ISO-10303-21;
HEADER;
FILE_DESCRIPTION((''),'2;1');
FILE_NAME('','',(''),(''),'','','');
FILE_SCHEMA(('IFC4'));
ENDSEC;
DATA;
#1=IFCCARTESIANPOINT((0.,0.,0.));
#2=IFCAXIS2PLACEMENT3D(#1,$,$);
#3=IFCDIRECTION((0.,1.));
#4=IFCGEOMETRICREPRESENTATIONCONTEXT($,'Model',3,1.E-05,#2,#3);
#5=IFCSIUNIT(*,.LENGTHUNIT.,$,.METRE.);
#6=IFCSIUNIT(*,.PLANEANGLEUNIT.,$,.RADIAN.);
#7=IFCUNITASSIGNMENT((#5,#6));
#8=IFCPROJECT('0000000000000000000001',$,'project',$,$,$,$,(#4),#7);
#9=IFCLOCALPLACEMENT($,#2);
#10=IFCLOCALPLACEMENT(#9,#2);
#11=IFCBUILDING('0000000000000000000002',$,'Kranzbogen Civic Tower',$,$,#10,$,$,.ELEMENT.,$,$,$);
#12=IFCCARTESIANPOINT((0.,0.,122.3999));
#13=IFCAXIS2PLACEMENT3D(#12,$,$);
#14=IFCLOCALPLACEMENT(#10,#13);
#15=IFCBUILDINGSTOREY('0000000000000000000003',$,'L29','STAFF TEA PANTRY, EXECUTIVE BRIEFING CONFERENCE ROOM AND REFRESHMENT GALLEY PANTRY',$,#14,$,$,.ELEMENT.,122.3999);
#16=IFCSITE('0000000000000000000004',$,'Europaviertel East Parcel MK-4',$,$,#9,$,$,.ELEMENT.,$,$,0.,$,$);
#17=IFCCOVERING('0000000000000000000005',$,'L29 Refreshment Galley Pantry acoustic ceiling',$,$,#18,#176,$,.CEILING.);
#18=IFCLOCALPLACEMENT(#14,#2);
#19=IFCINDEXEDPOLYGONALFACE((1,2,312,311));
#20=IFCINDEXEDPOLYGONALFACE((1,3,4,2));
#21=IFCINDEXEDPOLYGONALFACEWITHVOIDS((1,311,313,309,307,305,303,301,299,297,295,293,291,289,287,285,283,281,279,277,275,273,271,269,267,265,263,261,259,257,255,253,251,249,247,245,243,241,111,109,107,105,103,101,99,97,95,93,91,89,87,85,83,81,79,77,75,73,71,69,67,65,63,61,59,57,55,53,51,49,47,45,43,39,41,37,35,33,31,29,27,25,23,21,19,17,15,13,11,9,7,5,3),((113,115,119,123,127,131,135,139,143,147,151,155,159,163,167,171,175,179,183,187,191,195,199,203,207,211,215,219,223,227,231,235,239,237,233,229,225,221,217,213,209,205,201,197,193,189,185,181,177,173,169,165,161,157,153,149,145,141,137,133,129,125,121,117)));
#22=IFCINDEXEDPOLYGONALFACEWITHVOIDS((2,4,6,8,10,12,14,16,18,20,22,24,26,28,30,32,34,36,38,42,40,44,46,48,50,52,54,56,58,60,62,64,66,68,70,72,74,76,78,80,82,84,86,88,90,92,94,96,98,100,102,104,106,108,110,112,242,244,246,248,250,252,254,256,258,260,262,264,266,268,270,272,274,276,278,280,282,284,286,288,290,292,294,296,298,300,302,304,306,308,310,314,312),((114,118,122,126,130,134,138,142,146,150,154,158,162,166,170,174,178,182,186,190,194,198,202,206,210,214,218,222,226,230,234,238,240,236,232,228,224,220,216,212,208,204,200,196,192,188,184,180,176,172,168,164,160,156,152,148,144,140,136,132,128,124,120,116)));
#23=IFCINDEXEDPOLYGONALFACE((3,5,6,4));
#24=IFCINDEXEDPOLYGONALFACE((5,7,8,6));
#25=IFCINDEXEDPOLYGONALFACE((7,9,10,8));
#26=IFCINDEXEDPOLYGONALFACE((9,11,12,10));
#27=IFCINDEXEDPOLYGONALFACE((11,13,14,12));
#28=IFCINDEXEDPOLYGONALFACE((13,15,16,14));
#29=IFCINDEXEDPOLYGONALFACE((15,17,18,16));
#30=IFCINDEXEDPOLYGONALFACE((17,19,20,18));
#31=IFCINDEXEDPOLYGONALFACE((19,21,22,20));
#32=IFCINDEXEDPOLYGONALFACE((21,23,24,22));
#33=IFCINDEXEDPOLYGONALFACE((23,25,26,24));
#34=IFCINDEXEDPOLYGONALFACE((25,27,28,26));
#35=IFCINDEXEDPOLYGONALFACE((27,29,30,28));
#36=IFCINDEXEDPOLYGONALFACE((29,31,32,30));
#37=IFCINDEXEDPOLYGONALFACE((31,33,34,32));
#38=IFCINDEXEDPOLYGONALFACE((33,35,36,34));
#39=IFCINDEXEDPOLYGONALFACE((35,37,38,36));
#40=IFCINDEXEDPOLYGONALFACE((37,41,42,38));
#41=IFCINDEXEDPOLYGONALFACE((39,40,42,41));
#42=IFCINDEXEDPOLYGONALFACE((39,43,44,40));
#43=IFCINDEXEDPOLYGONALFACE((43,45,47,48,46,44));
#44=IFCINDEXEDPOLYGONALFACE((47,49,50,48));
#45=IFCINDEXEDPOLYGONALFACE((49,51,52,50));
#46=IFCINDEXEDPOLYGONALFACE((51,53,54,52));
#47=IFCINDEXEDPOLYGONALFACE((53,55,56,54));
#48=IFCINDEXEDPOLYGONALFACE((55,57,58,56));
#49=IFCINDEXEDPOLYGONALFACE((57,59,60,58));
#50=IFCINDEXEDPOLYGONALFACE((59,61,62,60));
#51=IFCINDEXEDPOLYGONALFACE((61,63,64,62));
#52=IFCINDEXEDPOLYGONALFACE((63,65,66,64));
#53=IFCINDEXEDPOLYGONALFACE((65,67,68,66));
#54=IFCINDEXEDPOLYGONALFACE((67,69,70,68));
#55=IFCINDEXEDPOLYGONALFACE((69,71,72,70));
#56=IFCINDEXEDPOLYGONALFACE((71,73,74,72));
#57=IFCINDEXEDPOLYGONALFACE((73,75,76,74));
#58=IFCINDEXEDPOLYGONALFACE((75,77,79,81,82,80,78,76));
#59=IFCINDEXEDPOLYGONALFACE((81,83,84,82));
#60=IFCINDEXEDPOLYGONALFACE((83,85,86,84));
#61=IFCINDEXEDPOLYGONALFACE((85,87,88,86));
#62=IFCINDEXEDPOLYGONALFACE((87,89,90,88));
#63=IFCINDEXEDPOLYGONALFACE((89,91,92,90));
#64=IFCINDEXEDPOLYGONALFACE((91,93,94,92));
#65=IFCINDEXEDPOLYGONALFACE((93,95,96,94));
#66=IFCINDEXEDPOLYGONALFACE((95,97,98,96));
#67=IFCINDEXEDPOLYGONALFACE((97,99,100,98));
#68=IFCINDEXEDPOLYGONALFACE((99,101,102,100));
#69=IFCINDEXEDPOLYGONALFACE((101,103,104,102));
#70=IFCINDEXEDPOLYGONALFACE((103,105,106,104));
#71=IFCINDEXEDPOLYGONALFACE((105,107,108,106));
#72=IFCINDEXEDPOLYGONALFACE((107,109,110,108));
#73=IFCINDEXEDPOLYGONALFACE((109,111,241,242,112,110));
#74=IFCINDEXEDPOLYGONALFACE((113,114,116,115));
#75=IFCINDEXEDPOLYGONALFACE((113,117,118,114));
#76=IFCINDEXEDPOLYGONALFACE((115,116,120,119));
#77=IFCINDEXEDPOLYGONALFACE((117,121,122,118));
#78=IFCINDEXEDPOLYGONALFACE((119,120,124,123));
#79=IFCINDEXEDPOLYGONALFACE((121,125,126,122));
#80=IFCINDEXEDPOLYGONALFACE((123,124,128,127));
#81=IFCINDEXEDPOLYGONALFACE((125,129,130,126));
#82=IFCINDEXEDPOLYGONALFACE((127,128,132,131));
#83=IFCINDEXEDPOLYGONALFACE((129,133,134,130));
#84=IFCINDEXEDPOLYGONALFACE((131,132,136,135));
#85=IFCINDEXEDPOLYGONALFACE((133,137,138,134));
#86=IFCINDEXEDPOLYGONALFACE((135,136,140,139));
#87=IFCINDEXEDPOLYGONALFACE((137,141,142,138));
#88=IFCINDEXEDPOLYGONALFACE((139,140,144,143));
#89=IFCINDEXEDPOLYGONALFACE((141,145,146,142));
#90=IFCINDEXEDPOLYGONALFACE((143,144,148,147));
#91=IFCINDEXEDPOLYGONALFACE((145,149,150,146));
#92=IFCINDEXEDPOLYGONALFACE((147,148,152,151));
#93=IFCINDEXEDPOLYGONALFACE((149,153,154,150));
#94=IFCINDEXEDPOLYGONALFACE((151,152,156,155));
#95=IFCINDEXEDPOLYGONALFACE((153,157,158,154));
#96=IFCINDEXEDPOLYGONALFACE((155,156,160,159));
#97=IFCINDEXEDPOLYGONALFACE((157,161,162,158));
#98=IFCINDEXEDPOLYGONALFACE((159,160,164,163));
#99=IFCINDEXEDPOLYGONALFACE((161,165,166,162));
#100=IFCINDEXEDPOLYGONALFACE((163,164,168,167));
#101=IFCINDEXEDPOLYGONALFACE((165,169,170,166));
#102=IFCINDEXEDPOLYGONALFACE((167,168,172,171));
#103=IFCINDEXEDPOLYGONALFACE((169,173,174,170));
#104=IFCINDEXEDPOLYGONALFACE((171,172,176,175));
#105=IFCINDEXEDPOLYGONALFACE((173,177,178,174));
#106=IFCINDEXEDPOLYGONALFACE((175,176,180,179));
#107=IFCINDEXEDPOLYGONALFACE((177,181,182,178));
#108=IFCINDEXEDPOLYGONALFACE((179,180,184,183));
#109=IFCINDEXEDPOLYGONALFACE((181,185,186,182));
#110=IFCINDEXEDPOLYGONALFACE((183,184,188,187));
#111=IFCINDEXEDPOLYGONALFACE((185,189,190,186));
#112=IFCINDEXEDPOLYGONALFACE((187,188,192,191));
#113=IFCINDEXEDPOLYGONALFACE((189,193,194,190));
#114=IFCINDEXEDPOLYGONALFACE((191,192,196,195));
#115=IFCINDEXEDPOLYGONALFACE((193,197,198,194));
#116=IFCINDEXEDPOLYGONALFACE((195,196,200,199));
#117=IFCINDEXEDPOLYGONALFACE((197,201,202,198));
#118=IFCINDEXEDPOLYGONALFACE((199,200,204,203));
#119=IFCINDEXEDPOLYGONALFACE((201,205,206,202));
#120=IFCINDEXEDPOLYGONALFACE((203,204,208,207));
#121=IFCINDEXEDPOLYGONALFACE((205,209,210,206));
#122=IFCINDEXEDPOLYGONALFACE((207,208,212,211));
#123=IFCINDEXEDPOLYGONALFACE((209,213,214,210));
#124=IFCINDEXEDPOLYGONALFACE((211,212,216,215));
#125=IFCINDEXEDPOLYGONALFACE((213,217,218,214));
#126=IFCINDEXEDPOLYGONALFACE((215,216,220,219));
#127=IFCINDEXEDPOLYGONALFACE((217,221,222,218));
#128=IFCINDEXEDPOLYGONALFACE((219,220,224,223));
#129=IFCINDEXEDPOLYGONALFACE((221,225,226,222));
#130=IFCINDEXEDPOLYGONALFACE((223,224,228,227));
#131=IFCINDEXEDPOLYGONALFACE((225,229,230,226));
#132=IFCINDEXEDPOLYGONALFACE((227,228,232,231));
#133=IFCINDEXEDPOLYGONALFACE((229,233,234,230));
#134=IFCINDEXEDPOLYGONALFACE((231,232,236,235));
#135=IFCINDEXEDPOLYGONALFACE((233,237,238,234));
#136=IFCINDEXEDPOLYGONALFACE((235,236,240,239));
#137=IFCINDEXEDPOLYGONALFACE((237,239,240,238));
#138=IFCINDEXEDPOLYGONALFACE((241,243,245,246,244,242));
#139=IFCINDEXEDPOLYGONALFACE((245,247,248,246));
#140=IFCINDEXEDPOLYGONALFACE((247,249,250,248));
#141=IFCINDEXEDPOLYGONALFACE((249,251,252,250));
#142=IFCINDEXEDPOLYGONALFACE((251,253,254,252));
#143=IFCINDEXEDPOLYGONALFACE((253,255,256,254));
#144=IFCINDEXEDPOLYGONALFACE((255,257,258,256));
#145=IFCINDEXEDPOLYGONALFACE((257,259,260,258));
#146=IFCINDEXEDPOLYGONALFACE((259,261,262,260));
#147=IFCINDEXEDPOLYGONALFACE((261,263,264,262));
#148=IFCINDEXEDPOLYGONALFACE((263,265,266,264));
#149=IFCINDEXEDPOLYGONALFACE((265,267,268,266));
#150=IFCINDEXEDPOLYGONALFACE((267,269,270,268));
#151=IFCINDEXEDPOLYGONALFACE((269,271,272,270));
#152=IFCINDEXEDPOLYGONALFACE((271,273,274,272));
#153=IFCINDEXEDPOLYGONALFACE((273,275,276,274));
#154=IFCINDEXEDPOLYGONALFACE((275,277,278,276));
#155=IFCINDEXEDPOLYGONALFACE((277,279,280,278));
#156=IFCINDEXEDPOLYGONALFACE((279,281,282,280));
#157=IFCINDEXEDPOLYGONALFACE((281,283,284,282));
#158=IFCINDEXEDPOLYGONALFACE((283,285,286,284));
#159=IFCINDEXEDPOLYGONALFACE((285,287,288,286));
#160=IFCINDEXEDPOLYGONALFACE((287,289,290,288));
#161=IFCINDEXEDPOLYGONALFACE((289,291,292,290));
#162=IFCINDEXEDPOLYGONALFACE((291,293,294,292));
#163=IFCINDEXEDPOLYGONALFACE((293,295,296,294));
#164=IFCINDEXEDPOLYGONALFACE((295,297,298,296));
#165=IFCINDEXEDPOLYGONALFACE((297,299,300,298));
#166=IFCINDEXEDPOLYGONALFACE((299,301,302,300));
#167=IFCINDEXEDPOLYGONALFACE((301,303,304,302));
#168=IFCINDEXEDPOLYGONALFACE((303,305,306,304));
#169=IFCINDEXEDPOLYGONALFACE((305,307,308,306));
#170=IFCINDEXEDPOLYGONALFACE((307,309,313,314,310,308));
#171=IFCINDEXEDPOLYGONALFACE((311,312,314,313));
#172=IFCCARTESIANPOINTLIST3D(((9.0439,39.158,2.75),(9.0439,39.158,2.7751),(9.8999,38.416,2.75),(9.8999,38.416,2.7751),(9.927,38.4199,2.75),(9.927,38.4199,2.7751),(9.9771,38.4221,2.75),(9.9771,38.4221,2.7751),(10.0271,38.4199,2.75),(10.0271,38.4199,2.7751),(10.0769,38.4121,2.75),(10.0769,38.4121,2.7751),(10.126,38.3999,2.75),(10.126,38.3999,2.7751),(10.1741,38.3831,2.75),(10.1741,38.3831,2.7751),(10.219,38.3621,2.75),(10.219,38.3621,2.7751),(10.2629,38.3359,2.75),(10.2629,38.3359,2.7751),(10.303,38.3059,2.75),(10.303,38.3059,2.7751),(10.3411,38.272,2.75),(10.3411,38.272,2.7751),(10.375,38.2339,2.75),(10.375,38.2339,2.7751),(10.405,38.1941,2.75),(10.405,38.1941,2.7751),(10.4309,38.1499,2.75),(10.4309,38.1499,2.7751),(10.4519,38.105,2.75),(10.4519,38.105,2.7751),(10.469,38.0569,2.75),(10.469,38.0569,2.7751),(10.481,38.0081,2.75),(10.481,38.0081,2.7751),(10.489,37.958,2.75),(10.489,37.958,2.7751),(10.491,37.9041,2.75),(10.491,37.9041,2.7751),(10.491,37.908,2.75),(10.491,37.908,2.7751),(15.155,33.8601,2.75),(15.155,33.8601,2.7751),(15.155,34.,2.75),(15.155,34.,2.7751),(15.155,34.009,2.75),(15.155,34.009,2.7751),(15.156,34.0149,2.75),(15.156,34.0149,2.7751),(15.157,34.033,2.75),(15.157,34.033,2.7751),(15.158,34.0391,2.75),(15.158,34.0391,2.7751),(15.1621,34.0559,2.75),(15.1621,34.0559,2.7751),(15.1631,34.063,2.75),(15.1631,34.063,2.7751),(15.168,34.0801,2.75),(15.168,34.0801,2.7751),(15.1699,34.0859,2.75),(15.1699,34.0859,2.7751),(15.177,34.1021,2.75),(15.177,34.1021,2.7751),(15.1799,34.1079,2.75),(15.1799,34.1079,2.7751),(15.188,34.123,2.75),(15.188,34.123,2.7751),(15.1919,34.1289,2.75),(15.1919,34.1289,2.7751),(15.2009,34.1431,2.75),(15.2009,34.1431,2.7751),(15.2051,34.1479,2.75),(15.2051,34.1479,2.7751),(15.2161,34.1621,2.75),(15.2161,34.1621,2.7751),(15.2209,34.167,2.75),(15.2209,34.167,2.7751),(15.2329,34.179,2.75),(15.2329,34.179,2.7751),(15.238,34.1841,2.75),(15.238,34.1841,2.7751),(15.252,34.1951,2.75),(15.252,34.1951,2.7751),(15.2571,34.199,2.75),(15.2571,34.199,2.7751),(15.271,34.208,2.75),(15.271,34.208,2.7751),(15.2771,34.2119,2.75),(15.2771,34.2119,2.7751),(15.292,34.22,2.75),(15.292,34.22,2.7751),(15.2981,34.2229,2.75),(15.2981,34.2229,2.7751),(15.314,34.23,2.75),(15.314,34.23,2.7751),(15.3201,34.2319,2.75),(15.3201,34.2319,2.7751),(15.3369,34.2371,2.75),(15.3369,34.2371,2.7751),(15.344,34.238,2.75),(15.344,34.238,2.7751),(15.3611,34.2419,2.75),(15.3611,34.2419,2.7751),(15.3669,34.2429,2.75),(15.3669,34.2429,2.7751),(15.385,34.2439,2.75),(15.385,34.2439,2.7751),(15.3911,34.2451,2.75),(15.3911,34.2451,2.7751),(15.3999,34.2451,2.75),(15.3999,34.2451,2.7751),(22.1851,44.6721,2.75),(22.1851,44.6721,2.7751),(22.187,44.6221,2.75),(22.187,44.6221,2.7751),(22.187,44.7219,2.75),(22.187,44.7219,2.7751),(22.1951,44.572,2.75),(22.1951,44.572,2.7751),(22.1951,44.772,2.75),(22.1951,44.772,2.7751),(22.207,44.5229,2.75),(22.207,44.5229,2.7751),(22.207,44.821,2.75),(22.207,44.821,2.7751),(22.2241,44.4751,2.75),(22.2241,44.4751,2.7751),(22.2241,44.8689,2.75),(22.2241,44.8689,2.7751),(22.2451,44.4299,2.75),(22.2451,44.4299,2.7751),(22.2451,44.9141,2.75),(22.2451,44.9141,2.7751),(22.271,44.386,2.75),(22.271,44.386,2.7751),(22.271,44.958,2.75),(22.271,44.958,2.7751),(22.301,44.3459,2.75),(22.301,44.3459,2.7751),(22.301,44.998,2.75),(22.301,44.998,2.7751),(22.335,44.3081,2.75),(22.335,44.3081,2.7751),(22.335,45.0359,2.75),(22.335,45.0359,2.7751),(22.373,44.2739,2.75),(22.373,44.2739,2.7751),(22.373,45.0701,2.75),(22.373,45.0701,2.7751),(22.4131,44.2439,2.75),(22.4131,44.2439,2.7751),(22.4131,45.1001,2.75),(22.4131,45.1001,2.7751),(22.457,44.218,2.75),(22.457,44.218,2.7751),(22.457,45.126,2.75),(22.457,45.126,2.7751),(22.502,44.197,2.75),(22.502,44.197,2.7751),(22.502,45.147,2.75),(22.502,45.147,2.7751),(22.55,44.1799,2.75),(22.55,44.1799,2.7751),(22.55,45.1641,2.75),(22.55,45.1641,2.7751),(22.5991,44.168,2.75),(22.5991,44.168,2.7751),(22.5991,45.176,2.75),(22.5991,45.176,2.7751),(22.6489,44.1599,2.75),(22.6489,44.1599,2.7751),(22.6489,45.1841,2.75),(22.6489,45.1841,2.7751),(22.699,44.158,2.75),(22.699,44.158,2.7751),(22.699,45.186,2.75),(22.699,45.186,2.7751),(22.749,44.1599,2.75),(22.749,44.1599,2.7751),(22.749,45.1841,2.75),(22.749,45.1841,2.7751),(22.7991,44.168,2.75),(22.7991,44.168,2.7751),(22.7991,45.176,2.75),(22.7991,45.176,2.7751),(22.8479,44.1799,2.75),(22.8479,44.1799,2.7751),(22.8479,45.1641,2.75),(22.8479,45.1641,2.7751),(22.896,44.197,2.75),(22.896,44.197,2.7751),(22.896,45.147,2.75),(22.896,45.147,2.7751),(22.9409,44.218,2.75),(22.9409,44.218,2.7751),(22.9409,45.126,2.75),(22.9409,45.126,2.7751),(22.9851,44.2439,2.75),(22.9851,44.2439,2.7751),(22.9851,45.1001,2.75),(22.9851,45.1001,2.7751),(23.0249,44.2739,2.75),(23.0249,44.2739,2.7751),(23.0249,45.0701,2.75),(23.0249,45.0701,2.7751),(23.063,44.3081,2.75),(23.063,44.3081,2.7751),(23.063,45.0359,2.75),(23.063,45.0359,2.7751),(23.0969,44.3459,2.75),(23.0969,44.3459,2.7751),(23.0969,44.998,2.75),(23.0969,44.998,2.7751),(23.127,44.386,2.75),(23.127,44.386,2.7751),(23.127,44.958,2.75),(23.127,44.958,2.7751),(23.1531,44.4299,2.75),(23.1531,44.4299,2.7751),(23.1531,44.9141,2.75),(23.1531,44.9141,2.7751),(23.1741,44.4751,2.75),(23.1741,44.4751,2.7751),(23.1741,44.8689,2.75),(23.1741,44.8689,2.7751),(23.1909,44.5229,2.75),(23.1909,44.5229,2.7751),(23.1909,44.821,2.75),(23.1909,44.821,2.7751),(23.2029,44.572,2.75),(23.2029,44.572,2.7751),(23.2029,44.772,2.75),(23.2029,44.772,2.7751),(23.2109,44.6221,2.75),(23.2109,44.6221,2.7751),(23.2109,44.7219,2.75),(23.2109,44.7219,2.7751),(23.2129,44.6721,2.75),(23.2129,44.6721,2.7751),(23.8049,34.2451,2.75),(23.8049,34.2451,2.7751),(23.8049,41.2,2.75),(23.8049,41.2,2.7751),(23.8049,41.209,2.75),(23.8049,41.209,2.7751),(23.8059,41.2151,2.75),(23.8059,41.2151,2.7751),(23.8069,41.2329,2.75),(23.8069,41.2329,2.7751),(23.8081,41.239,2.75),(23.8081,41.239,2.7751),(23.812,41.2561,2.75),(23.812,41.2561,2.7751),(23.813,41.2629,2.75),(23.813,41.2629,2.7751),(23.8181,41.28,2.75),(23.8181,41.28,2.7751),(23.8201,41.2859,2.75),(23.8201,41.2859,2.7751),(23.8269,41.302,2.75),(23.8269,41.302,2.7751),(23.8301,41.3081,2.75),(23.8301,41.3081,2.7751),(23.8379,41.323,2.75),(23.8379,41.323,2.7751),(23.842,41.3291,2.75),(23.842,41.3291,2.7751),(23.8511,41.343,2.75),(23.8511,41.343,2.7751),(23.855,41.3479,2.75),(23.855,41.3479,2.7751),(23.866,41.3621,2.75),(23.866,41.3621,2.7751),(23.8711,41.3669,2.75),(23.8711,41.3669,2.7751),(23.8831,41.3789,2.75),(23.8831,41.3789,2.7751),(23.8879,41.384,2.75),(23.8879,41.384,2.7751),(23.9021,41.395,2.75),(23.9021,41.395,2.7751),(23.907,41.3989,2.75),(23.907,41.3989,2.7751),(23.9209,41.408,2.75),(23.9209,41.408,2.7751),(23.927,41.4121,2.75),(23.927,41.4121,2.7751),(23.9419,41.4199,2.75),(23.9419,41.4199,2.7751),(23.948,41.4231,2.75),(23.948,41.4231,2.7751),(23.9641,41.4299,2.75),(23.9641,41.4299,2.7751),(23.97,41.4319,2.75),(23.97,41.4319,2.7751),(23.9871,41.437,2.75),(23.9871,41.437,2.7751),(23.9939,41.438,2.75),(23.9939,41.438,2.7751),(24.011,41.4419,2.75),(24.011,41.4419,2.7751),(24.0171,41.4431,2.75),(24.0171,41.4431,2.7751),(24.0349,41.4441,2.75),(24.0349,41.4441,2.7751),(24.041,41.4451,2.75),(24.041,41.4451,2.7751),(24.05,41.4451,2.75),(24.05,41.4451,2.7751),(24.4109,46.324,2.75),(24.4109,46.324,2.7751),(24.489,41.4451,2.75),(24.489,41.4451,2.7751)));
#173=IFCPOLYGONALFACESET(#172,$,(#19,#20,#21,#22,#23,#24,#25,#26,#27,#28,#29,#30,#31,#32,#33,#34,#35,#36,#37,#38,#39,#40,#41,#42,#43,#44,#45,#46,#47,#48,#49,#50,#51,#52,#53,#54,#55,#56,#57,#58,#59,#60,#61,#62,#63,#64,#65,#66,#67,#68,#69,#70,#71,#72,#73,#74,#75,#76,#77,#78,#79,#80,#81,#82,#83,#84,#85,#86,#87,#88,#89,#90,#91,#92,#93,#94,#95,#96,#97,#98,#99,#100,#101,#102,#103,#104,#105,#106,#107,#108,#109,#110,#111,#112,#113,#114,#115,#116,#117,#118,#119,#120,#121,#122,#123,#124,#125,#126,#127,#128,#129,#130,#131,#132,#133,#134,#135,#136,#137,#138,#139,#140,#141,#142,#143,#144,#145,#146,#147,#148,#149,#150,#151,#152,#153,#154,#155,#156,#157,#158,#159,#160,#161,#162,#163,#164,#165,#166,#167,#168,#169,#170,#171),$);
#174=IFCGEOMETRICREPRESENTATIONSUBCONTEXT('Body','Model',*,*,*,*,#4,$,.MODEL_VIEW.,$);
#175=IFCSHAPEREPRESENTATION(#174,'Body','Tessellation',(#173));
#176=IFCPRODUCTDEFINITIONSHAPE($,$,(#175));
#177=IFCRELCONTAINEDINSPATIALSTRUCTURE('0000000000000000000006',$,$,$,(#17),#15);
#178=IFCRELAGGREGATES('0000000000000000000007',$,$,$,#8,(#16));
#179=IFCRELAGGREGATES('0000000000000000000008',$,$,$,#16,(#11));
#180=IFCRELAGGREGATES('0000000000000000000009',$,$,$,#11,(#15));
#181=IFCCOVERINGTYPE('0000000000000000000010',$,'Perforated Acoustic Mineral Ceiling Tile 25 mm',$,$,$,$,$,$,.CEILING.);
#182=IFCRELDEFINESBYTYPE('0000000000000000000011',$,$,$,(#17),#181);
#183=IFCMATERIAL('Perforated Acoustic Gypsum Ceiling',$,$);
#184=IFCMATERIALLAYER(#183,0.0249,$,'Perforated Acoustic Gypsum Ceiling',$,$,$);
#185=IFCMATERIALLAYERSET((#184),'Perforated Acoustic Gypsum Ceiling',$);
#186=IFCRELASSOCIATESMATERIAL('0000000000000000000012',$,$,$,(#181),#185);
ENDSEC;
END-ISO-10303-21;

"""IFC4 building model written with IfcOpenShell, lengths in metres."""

from ifc_helpers import new_model, si_unit, direction, frame, origin, place, context, subcontext, project, spatial, polyline, outline, extrude, material, layer, layer_set, type_object, element, save


model = new_model("IFC4")

# Units and contexts
model_context = context("Model", 3, precision=1e-05, world=origin(), true_north=direction((0.0, 1.0)))
body_context = subcontext(model_context, "Body", "Model", "MODEL_VIEW")
ifc_project = project(units=[si_unit("LENGTHUNIT", "METRE"), si_unit("PLANEANGLEUNIT", "RADIAN")], contexts=[model_context])

# Site, building, storey
site_placement = place(None, origin())
site = spatial("IfcSite", under=ifc_project, at=site_placement, Name="Europaviertel East Parcel MK-4", CompositionType="ELEMENT", RefElevation=0.0)
building_placement = place(site_placement, origin())
building = spatial("IfcBuilding", under=site, at=building_placement, Name="Kranzbogen Civic Tower", CompositionType="ELEMENT")
storey_placement = place(building_placement, frame((0.0, 0.0, 122.3999)))
storey = spatial("IfcBuildingStorey", under=building, at=storey_placement, Name="L29", Description="STAFF TEA PANTRY, EXECUTIVE BRIEFING CONFERENCE ROOM AND REFRESHMENT GALLEY PANTRY", CompositionType="ELEMENT", Elevation=122.3999)

# Covering
ifc_material_1 = material(Name="Perforated Acoustic Gypsum Ceiling")
ifc_layer_1 = layer(ifc_material_1, 0.0249, Name="Perforated Acoustic Gypsum Ceiling")
ifc_layer_set_1 = layer_set([ifc_layer_1], Name="Perforated Acoustic Gypsum Ceiling")
covering_type_1 = type_object("IfcCoveringType", Name="Perforated Acoustic Mineral Ceiling Tile 25 mm", PredefinedType="CEILING", material=ifc_layer_set_1)
covering_1_placement = place(storey_placement, frame((0.0, 0.0, 2.75)))
element("IfcCovering", 1, at=covering_1_placement, inside=storey, type_object=covering_type_1, Name="L29 Refreshment Galley Pantry acoustic ceiling", PredefinedType="CEILING", context=body_context, shape_type="SweptSolid", body=[
    extrude(outline(polyline([(24.489, 41.4451), (24.05, 41.4451), (24.041, 41.4451), (24.0349, 41.4441), (24.0171, 41.4431), (24.011, 41.4419), (23.9939, 41.438), (23.9871, 41.437), (23.97, 41.4319), (23.9641, 41.4299), (23.948, 41.4231), (23.9419, 41.4199), (23.927, 41.4121), (23.9209, 41.408), (23.907, 41.3989), (23.9021, 41.395), (23.8879, 41.384), (23.8831, 41.3789), (23.8711, 41.3669), (23.866, 41.3621), (23.855, 41.3479), (23.8511, 41.343), (23.842, 41.3291), (23.8379, 41.323), (23.8301, 41.3081), (23.8269, 41.302), (23.8201, 41.2859), (23.8181, 41.28), (23.813, 41.2629), (23.812, 41.2561), (23.8081, 41.239), (23.8069, 41.2329), (23.8059, 41.2151), (23.8049, 41.209), (23.8049, 41.2), (23.8049, 34.2451), (15.3999, 34.2451), (15.3911, 34.2451), (15.385, 34.2439), (15.3669, 34.2429), (15.3611, 34.2419), (15.344, 34.238), (15.3369, 34.2371), (15.3201, 34.2319), (15.314, 34.23), (15.2981, 34.2229), (15.292, 34.22), (15.2771, 34.2119), (15.271, 34.208), (15.2571, 34.199), (15.252, 34.1951), (15.238, 34.1841), (15.2329, 34.179), (15.2209, 34.167), (15.2161, 34.1621), (15.2051, 34.1479), (15.2009, 34.1431), (15.1919, 34.1289), (15.188, 34.123), (15.1799, 34.1079), (15.177, 34.1021), (15.1699, 34.0859), (15.168, 34.0801), (15.1631, 34.063), (15.1621, 34.0559), (15.158, 34.0391), (15.157, 34.033), (15.156, 34.0149), (15.155, 34.009), (15.155, 34.0), (15.155, 33.8601), (10.491, 37.9041), (10.491, 37.908), (10.489, 37.958), (10.481, 38.0081), (10.469, 38.0569), (10.4519, 38.105), (10.4309, 38.1499), (10.405, 38.1941), (10.375, 38.2339), (10.3411, 38.272), (10.303, 38.3059), (10.2629, 38.3359), (10.219, 38.3621), (10.1741, 38.3831), (10.126, 38.3999), (10.0769, 38.4121), (10.0271, 38.4199), (9.9771, 38.4221), (9.927, 38.4199), (9.8999, 38.416), (9.0439, 39.158), (24.4109, 46.324), (24.489, 41.4451)]), holes=[polyline([(23.1741, 44.4751), (23.1531, 44.4299), (23.127, 44.386), (23.0969, 44.3459), (23.063, 44.3081), (23.0249, 44.2739), (22.9851, 44.2439), (22.9409, 44.218), (22.896, 44.197), (22.8479, 44.1799), (22.7991, 44.168), (22.749, 44.1599), (22.699, 44.158), (22.6489, 44.1599), (22.5991, 44.168), (22.55, 44.1799), (22.502, 44.197), (22.457, 44.218), (22.4131, 44.2439), (22.373, 44.2739), (22.335, 44.3081), (22.301, 44.3459), (22.271, 44.386), (22.2451, 44.4299), (22.2241, 44.4751), (22.207, 44.5229), (22.1951, 44.572), (22.187, 44.6221), (22.1851, 44.6721), (22.187, 44.7219), (22.1951, 44.772), (22.207, 44.821), (22.2241, 44.8689), (22.2451, 44.9141), (22.271, 44.958), (22.301, 44.998), (22.335, 45.0359), (22.373, 45.0701), (22.4131, 45.1001), (22.457, 45.126), (22.502, 45.147), (22.55, 45.1641), (22.5991, 45.176), (22.6489, 45.1841), (22.699, 45.186), (22.749, 45.1841), (22.7991, 45.176), (22.8479, 45.1641), (22.896, 45.147), (22.9409, 45.126), (22.9851, 45.1001), (23.0249, 45.0701), (23.063, 45.0359), (23.0969, 44.998), (23.127, 44.958), (23.1531, 44.9141), (23.1741, 44.8689), (23.1909, 44.821), (23.2029, 44.772), (23.2109, 44.7219), (23.2129, 44.6721), (23.2109, 44.6221), (23.2029, 44.572), (23.1909, 44.5229), (23.1741, 44.4751)])]), origin(), (0.0, 0.0, 1.0), 0.0251),
])

save(model, "model.ifc")
